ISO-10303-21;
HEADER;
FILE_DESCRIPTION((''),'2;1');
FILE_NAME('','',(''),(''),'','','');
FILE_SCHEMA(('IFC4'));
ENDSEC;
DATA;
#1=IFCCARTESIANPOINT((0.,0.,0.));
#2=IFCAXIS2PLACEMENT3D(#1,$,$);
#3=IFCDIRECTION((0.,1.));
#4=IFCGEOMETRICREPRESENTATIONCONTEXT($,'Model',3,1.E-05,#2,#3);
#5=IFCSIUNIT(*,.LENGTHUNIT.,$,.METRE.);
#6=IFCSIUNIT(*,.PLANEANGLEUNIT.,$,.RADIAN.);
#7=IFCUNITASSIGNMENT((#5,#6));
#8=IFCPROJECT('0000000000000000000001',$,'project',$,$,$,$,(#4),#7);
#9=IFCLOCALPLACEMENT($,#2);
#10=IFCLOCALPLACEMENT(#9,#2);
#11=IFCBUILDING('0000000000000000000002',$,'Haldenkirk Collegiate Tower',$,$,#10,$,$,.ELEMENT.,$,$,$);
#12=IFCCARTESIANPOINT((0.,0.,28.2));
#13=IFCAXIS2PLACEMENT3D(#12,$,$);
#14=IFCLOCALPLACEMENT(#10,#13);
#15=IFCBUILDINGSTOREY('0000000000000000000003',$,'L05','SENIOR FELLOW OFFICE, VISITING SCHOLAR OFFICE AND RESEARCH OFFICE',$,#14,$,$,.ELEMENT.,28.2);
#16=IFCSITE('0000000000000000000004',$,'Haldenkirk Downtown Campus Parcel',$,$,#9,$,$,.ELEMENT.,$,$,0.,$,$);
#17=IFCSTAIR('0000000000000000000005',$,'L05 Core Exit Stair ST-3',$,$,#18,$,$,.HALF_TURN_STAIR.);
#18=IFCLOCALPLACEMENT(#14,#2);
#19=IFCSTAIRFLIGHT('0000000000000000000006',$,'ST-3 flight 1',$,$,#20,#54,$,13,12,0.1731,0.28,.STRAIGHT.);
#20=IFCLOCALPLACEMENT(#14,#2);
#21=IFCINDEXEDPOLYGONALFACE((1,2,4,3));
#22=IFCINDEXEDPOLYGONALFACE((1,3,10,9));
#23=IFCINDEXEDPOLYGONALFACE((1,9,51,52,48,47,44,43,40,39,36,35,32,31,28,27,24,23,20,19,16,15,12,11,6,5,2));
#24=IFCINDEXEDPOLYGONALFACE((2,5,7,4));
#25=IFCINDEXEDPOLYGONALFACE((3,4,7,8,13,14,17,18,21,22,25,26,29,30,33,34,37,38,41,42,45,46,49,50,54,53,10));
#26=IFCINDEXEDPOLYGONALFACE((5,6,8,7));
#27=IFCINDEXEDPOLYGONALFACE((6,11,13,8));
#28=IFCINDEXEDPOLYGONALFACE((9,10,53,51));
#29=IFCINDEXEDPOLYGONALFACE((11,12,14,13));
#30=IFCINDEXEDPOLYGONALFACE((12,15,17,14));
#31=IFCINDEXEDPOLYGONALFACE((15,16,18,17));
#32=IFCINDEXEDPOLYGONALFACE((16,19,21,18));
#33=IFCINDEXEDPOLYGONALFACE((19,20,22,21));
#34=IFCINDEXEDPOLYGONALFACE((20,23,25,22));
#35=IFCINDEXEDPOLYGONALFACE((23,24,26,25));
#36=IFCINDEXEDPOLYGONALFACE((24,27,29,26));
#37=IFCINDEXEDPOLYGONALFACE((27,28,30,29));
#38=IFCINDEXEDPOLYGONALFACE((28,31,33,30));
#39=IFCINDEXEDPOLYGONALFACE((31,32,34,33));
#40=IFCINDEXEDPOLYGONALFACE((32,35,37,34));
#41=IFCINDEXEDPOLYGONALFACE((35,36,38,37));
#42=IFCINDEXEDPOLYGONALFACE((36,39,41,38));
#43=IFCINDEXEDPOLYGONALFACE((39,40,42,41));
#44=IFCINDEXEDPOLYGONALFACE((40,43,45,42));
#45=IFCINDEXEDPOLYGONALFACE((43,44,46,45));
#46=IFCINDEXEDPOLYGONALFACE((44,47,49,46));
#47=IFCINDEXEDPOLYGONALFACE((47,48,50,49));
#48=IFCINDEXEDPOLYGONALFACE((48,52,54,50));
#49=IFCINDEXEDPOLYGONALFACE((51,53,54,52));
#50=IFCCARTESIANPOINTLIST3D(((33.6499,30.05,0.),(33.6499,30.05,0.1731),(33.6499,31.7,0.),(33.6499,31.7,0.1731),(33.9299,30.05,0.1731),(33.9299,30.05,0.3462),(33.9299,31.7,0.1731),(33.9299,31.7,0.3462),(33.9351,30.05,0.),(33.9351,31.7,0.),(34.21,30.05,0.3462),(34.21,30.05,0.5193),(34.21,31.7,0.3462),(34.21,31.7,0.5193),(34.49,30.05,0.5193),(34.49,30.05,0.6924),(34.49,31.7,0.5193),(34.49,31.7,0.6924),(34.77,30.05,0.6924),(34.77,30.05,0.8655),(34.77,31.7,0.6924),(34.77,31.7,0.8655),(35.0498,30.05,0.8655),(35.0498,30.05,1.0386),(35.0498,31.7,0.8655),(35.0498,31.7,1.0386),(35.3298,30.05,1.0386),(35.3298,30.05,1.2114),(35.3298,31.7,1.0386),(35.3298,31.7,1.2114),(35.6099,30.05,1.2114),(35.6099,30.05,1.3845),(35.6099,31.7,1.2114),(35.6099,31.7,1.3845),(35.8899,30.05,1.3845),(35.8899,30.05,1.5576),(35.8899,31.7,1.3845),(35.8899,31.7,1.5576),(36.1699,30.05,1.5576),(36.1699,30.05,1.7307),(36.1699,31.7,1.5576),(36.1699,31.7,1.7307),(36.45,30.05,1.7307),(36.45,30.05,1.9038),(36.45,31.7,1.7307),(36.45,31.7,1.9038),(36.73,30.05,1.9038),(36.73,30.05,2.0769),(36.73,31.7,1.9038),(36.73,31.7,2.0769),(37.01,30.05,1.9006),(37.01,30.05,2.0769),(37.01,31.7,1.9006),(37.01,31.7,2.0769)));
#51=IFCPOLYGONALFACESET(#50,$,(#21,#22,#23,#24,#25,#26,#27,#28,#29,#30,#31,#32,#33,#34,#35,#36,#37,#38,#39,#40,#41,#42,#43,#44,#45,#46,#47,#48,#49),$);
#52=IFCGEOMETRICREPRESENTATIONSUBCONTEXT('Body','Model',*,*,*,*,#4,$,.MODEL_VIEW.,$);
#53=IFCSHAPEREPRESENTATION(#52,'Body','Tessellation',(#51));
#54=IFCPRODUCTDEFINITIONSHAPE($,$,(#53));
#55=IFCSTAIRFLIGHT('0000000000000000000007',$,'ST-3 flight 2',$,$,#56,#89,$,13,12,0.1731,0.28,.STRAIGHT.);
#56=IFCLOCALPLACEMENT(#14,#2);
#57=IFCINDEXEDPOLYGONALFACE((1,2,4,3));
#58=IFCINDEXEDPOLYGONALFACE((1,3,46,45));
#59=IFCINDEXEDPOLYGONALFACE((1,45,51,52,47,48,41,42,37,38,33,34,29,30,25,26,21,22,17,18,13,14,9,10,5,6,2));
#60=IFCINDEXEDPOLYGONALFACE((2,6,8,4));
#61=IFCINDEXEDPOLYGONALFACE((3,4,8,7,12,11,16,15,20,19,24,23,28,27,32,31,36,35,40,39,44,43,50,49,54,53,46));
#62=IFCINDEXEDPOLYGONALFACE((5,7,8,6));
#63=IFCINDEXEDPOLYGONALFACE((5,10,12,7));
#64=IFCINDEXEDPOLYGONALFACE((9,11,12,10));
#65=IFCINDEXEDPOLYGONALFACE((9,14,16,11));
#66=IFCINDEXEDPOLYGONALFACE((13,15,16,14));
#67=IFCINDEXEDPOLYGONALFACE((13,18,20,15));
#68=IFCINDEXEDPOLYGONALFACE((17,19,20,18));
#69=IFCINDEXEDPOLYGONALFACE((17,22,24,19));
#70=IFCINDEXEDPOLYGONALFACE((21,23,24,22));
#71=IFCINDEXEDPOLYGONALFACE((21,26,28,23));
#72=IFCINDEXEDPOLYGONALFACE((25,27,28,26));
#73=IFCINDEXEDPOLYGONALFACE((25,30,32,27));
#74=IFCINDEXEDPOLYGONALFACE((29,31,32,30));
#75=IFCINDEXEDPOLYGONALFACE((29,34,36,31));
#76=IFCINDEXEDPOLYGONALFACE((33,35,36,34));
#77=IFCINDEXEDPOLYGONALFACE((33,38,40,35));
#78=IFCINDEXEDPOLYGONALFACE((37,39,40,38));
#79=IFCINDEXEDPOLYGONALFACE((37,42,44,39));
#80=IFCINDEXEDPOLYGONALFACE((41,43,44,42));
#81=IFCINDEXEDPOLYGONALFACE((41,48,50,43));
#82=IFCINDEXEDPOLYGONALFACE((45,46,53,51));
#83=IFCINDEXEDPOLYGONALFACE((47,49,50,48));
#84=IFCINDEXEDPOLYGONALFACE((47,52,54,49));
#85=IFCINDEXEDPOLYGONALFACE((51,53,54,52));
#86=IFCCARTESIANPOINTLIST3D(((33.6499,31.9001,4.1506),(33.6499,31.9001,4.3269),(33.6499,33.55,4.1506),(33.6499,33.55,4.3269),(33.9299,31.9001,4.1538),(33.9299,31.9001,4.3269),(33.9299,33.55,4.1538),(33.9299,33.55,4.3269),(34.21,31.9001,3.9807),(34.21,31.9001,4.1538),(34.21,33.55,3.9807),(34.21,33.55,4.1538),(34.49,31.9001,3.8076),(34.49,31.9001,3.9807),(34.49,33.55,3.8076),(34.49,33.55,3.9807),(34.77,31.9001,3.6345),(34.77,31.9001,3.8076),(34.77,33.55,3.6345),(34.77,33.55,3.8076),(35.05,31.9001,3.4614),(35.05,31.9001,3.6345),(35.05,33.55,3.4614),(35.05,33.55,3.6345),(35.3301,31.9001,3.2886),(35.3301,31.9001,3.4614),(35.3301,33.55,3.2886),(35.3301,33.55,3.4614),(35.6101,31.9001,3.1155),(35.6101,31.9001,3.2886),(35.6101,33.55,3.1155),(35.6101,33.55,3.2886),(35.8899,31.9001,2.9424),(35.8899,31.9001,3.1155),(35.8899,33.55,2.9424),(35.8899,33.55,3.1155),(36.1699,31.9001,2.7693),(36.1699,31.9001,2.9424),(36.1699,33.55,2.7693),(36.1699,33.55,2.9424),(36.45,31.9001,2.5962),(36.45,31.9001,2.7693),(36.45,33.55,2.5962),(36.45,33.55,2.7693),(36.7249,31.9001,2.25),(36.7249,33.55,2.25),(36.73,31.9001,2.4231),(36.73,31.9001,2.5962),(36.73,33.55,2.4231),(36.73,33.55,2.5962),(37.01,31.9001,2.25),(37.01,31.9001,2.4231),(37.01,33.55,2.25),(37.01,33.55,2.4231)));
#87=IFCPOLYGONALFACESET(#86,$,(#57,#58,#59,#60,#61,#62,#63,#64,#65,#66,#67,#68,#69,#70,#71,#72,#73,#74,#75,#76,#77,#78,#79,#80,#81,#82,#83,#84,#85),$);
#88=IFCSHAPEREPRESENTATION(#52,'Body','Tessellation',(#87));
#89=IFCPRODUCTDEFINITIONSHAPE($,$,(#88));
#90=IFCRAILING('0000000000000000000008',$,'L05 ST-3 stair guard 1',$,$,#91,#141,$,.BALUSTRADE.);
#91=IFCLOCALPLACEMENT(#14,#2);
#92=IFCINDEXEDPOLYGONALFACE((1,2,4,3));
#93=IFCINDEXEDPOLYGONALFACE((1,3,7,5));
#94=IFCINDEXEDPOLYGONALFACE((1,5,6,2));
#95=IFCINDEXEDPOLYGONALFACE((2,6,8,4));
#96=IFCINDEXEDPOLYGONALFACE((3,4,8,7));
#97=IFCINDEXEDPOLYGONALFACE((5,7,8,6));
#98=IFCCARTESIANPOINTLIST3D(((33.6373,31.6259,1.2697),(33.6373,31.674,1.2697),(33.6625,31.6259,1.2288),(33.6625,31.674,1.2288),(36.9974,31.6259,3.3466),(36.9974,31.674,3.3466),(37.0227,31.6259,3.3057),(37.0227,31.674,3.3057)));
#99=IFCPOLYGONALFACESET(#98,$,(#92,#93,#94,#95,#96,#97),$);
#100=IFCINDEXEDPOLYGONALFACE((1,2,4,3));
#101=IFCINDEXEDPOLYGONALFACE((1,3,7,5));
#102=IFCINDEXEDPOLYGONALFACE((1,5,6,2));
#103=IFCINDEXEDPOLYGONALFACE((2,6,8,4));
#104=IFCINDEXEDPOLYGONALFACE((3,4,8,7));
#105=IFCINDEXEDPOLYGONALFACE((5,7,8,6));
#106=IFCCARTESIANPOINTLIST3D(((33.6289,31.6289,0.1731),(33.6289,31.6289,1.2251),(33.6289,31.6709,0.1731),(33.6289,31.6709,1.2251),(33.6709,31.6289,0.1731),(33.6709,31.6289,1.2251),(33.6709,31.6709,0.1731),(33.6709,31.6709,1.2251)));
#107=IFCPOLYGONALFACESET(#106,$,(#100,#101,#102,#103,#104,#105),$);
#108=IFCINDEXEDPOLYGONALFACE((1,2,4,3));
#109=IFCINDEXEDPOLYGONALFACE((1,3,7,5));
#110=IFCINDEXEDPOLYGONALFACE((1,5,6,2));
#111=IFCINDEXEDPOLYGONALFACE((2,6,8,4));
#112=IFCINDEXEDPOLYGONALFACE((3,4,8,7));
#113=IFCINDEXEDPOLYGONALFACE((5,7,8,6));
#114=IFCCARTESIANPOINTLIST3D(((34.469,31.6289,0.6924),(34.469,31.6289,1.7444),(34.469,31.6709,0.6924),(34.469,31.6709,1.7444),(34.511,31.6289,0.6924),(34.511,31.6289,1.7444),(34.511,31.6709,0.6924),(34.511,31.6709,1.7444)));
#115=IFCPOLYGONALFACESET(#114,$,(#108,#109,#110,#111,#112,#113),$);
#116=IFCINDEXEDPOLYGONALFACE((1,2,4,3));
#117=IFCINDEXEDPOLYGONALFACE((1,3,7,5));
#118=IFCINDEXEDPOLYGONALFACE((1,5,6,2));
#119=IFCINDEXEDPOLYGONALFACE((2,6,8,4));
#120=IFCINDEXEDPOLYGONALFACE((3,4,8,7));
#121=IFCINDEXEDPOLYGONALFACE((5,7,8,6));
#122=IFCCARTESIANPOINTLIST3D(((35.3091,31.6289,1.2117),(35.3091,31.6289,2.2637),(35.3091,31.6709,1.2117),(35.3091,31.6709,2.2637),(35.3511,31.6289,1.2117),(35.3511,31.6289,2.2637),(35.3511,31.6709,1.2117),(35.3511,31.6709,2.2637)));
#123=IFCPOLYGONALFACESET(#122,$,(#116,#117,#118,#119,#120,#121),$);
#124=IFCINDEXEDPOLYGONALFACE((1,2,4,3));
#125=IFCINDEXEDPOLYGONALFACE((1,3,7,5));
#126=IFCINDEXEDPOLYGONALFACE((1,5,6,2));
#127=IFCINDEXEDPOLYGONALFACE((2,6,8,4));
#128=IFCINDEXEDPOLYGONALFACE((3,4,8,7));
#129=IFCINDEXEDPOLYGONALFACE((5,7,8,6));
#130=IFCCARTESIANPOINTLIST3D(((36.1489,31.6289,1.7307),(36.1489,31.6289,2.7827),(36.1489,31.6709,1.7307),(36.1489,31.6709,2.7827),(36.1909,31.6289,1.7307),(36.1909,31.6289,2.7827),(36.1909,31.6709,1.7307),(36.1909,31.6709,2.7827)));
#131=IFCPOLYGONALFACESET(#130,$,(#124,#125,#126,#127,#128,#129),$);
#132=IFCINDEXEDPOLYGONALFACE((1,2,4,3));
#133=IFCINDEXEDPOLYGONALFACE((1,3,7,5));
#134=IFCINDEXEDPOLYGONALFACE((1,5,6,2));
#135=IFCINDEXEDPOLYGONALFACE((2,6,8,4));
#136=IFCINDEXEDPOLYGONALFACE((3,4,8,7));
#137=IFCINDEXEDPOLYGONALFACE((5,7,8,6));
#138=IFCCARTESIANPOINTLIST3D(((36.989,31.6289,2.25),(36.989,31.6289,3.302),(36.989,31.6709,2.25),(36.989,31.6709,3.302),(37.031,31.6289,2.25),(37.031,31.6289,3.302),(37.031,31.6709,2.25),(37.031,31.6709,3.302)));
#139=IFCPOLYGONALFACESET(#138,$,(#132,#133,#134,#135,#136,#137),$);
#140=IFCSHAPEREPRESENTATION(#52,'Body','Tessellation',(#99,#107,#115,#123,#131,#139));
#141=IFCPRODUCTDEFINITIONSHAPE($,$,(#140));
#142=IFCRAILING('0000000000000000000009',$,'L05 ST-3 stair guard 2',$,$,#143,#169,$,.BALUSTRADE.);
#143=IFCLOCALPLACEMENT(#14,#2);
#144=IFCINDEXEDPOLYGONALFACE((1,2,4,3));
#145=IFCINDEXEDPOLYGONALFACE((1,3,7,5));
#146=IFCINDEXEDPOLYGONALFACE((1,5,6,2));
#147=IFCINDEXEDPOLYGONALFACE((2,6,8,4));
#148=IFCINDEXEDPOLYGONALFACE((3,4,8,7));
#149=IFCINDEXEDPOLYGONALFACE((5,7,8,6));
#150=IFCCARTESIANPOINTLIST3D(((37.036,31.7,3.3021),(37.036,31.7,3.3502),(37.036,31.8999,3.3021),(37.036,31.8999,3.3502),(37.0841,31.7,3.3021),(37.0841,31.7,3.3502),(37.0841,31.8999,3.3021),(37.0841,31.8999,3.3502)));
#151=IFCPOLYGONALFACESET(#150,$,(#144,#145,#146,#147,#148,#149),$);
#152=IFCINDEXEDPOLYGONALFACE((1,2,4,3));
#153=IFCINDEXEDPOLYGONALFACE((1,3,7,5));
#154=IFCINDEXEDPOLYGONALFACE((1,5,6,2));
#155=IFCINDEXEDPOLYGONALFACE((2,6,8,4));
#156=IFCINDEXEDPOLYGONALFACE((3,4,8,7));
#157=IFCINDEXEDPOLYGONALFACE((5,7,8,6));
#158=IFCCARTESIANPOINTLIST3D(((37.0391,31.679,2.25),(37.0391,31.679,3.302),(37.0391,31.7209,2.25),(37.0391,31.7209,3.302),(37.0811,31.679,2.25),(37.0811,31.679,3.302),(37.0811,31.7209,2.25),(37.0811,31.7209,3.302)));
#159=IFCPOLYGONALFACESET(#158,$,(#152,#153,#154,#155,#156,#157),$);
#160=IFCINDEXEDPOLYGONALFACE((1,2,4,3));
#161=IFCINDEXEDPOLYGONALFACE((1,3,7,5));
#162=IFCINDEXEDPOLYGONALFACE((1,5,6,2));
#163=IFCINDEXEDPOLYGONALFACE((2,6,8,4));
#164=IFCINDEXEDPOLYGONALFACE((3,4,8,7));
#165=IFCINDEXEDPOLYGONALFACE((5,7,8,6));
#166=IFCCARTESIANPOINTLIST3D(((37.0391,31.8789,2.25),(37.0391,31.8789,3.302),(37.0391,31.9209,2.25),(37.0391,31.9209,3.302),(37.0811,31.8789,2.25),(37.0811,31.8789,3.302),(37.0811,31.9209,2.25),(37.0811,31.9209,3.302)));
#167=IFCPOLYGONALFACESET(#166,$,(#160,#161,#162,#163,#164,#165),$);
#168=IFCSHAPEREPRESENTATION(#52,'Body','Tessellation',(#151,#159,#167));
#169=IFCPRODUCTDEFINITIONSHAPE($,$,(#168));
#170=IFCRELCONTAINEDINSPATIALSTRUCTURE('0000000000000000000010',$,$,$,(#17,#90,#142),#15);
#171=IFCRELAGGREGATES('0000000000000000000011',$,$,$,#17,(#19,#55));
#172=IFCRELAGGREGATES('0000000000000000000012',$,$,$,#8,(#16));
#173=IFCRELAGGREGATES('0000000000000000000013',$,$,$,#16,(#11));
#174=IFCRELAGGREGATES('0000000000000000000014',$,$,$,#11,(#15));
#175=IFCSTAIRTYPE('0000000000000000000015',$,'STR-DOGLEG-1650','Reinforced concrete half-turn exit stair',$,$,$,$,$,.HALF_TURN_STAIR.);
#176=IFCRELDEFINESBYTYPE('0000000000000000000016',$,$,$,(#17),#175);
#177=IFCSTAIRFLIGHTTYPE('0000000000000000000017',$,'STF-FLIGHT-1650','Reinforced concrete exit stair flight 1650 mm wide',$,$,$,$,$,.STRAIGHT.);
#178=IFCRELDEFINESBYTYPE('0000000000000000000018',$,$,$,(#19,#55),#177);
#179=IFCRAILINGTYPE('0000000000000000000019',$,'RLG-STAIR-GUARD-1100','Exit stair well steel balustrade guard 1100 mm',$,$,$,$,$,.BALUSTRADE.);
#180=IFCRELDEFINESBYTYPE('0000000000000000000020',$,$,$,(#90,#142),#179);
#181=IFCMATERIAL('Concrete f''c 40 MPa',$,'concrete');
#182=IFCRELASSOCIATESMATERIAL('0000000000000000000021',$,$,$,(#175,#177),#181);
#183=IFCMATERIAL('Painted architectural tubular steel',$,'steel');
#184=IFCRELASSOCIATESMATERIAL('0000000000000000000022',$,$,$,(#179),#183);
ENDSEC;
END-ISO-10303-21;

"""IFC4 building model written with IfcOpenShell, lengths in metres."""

from ifc_helpers import new_model, si_unit, direction, frame, origin, origin_2d, place, context, subcontext, project, spatial, polyline, rectangle, outline, extrude, material, type_object, element, aggregate, save


model = new_model("IFC4")

# Units and contexts
model_context = context("Model", 3, precision=1e-05, world=origin(), true_north=direction((0.0, 1.0)))
body_context = subcontext(model_context, "Body", "Model", "MODEL_VIEW")
ifc_project = project(units=[si_unit("LENGTHUNIT", "METRE"), si_unit("PLANEANGLEUNIT", "RADIAN")], contexts=[model_context])

# Site, building, storey
site_placement = place(None, origin())
site = spatial("IfcSite", under=ifc_project, at=site_placement, Name="Haldenkirk Downtown Campus Parcel", CompositionType="ELEMENT", RefElevation=0.0)
building_placement = place(site_placement, origin())
building = spatial("IfcBuilding", under=site, at=building_placement, Name="Haldenkirk Collegiate Tower", CompositionType="ELEMENT")
storey_placement = place(building_placement, frame((0.0, 0.0, 28.2)))
storey = spatial("IfcBuildingStorey", under=building, at=storey_placement, Name="L05", Description="SENIOR FELLOW OFFICE, VISITING SCHOLAR OFFICE AND RESEARCH OFFICE", CompositionType="ELEMENT", Elevation=28.2)

# Stair, stair flights
ifc_material_1 = material(Name="Concrete f'c 40 MPa", Category="concrete")
stair_type = type_object("IfcStairType", Name="STR-DOGLEG-1650", Description="Reinforced concrete half-turn exit stair", PredefinedType="HALF_TURN_STAIR", material=ifc_material_1)
stair_placement = place(storey_placement, origin())
stair = element("IfcStair", 1, at=stair_placement, inside=storey, type_object=stair_type, Name="L05 Core Exit Stair ST-3", PredefinedType="HALF_TURN_STAIR")
stair_flight_type = type_object("IfcStairFlightType", Name="STF-FLIGHT-1650", Description="Reinforced concrete exit stair flight 1650 mm wide", PredefinedType="STRAIGHT", material=ifc_material_1)
stair_flight_1_placement = place(storey_placement, frame((33.6499, 30.875, 0.0), z_axis=(0.0, 0.0, 1.0), x_axis=(1.0, 0.0, 0.0)))
stair_flight_1 = element("IfcStairFlight", 2, at=stair_flight_1_placement, type_object=stair_flight_type, Name="ST-3 flight 1", NumberOfRisers=13, NumberOfTreads=12, PredefinedType="STRAIGHT", RiserHeight=0.1731, TreadLength=0.28, context=body_context, shape_type="SweptSolid", body=[
    extrude(outline(polyline([(0.0, 0.0), (0.0, 0.1731), (0.28, 0.1731), (0.28, 0.3462), (0.5601, 0.3462), (0.5601, 0.5193), (0.8401, 0.5193), (0.8401, 0.6924), (1.1201, 0.6924), (1.1201, 0.8655), (1.3999, 0.8655), (1.3999, 1.0386), (1.6799, 1.0386), (1.6799, 1.2114), (1.96, 1.2114), (1.96, 1.3845), (2.24, 1.3845), (2.24, 1.5576), (2.52, 1.5576), (2.52, 1.7307), (2.8, 1.7307), (2.8, 1.9038), (3.0801, 1.9038), (3.0801, 2.0769), (3.3601, 2.0769), (3.3601, 2.25), (3.3601, 1.9006), (0.2852, 0.0), (0.0, 0.0)])), frame((0.0, 0.825, 0.0), z_axis=(0.0, -1.0, 0.0), x_axis=(1.0, 0.0, 0.0)), (0.0, 0.0, 1.0), 1.6499),
])
stair_flight_2_placement = place(storey_placement, frame((37.01, 32.7251, 2.25), z_axis=(0.0, 0.0, 1.0), x_axis=(-1.0, 0.0, 0.0)))
stair_flight_2 = element("IfcStairFlight", 3, at=stair_flight_2_placement, type_object=stair_flight_type, Name="ST-3 flight 2", NumberOfRisers=13, NumberOfTreads=12, PredefinedType="STRAIGHT", RiserHeight=0.1731, TreadLength=0.28, context=body_context, shape_type="SweptSolid", body=[
    extrude(outline(polyline([(0.0, 0.0), (0.0, 0.1731), (0.28, 0.1731), (0.28, 0.3462), (0.5601, 0.3462), (0.5601, 0.5193), (0.8401, 0.5193), (0.8401, 0.6924), (1.1201, 0.6924), (1.1201, 0.8655), (1.3999, 0.8655), (1.3999, 1.0386), (1.6799, 1.0386), (1.6799, 1.2114), (1.96, 1.2114), (1.96, 1.3845), (2.24, 1.3845), (2.24, 1.5576), (2.52, 1.5576), (2.52, 1.7307), (2.8, 1.7307), (2.8, 1.9038), (3.0801, 1.9038), (3.0801, 2.0769), (3.3601, 2.0769), (3.3601, 2.25), (3.3601, 1.9006), (0.2852, 0.0), (0.0, 0.0)])), frame((0.0, 0.825, 0.0), z_axis=(0.0, -1.0, 0.0), x_axis=(1.0, 0.0, 0.0)), (0.0, 0.0, 1.0), 1.6499),
])
aggregate(stair, [stair_flight_1, stair_flight_2])

# Railings
ifc_material_2 = material(Name="Painted architectural tubular steel", Category="steel")
railing_type_1 = type_object("IfcRailingType", Name="RLG-STAIR-GUARD-1100", Description="Exit stair well steel balustrade guard 1100 mm", PredefinedType="BALUSTRADE", material=ifc_material_2)
railing_1_placement = place(storey_placement, frame((33.6499, 31.6499, 0.1731)))
element("IfcRailing", 4, at=railing_1_placement, inside=storey, type_object=railing_type_1, Name="L05 ST-3 stair guard 1", PredefinedType="BALUSTRADE", context=body_context, shape_type="SweptSolid", body=[
    extrude(rectangle(XDim=0.0481, YDim=0.0481, at=origin_2d()), frame((0.0, 0.0, 1.0762), z_axis=(0.850623, 0.0, 0.525776), x_axis=(0.0, 1.0, 0.0)), (0.0, 0.0, 1.0), 3.9502),
    extrude(rectangle(XDim=0.042, YDim=0.042, at=origin_2d()), origin(), (0.0, 0.0, 1.0), 1.052),
    extrude(rectangle(XDim=0.042, YDim=0.042, at=origin_2d()), frame((0.8401, 0.0, 0.5193)), (0.0, 0.0, 1.0), 1.052),
    extrude(rectangle(XDim=0.042, YDim=0.042, at=origin_2d()), frame((1.6802, 0.0, 1.0386)), (0.0, 0.0, 1.0), 1.052),
    extrude(rectangle(XDim=0.042, YDim=0.042, at=origin_2d()), frame((2.52, 0.0, 1.5576)), (0.0, 0.0, 1.0), 1.052),
    extrude(rectangle(XDim=0.042, YDim=0.042, at=origin_2d()), frame((3.3601, 0.0, 2.0769)), (0.0, 0.0, 1.0), 1.052),
])
railing_2_placement = place(storey_placement, frame((37.0601, 31.7, 2.25)))
element("IfcRailing", 5, at=railing_2_placement, inside=storey, type_object=railing_type_1, Name="L05 ST-3 stair guard 2", PredefinedType="BALUSTRADE", context=body_context, shape_type="SweptSolid", body=[
    extrude(rectangle(XDim=0.0481, YDim=0.0481, at=origin_2d()), frame((0.0, 0.0, 1.0762), z_axis=(0.0, 1.0, 0.0), x_axis=(-1.0, 0.0, 0.0)), (0.0, 0.0, 1.0), 0.2),
    extrude(rectangle(XDim=0.042, YDim=0.042, at=origin_2d()), origin(), (0.0, 0.0, 1.0), 1.052),
    extrude(rectangle(XDim=0.042, YDim=0.042, at=origin_2d()), frame((0.0, 0.2, 0.0)), (0.0, 0.0, 1.0), 1.052),
])

save(model, "model.ifc")
